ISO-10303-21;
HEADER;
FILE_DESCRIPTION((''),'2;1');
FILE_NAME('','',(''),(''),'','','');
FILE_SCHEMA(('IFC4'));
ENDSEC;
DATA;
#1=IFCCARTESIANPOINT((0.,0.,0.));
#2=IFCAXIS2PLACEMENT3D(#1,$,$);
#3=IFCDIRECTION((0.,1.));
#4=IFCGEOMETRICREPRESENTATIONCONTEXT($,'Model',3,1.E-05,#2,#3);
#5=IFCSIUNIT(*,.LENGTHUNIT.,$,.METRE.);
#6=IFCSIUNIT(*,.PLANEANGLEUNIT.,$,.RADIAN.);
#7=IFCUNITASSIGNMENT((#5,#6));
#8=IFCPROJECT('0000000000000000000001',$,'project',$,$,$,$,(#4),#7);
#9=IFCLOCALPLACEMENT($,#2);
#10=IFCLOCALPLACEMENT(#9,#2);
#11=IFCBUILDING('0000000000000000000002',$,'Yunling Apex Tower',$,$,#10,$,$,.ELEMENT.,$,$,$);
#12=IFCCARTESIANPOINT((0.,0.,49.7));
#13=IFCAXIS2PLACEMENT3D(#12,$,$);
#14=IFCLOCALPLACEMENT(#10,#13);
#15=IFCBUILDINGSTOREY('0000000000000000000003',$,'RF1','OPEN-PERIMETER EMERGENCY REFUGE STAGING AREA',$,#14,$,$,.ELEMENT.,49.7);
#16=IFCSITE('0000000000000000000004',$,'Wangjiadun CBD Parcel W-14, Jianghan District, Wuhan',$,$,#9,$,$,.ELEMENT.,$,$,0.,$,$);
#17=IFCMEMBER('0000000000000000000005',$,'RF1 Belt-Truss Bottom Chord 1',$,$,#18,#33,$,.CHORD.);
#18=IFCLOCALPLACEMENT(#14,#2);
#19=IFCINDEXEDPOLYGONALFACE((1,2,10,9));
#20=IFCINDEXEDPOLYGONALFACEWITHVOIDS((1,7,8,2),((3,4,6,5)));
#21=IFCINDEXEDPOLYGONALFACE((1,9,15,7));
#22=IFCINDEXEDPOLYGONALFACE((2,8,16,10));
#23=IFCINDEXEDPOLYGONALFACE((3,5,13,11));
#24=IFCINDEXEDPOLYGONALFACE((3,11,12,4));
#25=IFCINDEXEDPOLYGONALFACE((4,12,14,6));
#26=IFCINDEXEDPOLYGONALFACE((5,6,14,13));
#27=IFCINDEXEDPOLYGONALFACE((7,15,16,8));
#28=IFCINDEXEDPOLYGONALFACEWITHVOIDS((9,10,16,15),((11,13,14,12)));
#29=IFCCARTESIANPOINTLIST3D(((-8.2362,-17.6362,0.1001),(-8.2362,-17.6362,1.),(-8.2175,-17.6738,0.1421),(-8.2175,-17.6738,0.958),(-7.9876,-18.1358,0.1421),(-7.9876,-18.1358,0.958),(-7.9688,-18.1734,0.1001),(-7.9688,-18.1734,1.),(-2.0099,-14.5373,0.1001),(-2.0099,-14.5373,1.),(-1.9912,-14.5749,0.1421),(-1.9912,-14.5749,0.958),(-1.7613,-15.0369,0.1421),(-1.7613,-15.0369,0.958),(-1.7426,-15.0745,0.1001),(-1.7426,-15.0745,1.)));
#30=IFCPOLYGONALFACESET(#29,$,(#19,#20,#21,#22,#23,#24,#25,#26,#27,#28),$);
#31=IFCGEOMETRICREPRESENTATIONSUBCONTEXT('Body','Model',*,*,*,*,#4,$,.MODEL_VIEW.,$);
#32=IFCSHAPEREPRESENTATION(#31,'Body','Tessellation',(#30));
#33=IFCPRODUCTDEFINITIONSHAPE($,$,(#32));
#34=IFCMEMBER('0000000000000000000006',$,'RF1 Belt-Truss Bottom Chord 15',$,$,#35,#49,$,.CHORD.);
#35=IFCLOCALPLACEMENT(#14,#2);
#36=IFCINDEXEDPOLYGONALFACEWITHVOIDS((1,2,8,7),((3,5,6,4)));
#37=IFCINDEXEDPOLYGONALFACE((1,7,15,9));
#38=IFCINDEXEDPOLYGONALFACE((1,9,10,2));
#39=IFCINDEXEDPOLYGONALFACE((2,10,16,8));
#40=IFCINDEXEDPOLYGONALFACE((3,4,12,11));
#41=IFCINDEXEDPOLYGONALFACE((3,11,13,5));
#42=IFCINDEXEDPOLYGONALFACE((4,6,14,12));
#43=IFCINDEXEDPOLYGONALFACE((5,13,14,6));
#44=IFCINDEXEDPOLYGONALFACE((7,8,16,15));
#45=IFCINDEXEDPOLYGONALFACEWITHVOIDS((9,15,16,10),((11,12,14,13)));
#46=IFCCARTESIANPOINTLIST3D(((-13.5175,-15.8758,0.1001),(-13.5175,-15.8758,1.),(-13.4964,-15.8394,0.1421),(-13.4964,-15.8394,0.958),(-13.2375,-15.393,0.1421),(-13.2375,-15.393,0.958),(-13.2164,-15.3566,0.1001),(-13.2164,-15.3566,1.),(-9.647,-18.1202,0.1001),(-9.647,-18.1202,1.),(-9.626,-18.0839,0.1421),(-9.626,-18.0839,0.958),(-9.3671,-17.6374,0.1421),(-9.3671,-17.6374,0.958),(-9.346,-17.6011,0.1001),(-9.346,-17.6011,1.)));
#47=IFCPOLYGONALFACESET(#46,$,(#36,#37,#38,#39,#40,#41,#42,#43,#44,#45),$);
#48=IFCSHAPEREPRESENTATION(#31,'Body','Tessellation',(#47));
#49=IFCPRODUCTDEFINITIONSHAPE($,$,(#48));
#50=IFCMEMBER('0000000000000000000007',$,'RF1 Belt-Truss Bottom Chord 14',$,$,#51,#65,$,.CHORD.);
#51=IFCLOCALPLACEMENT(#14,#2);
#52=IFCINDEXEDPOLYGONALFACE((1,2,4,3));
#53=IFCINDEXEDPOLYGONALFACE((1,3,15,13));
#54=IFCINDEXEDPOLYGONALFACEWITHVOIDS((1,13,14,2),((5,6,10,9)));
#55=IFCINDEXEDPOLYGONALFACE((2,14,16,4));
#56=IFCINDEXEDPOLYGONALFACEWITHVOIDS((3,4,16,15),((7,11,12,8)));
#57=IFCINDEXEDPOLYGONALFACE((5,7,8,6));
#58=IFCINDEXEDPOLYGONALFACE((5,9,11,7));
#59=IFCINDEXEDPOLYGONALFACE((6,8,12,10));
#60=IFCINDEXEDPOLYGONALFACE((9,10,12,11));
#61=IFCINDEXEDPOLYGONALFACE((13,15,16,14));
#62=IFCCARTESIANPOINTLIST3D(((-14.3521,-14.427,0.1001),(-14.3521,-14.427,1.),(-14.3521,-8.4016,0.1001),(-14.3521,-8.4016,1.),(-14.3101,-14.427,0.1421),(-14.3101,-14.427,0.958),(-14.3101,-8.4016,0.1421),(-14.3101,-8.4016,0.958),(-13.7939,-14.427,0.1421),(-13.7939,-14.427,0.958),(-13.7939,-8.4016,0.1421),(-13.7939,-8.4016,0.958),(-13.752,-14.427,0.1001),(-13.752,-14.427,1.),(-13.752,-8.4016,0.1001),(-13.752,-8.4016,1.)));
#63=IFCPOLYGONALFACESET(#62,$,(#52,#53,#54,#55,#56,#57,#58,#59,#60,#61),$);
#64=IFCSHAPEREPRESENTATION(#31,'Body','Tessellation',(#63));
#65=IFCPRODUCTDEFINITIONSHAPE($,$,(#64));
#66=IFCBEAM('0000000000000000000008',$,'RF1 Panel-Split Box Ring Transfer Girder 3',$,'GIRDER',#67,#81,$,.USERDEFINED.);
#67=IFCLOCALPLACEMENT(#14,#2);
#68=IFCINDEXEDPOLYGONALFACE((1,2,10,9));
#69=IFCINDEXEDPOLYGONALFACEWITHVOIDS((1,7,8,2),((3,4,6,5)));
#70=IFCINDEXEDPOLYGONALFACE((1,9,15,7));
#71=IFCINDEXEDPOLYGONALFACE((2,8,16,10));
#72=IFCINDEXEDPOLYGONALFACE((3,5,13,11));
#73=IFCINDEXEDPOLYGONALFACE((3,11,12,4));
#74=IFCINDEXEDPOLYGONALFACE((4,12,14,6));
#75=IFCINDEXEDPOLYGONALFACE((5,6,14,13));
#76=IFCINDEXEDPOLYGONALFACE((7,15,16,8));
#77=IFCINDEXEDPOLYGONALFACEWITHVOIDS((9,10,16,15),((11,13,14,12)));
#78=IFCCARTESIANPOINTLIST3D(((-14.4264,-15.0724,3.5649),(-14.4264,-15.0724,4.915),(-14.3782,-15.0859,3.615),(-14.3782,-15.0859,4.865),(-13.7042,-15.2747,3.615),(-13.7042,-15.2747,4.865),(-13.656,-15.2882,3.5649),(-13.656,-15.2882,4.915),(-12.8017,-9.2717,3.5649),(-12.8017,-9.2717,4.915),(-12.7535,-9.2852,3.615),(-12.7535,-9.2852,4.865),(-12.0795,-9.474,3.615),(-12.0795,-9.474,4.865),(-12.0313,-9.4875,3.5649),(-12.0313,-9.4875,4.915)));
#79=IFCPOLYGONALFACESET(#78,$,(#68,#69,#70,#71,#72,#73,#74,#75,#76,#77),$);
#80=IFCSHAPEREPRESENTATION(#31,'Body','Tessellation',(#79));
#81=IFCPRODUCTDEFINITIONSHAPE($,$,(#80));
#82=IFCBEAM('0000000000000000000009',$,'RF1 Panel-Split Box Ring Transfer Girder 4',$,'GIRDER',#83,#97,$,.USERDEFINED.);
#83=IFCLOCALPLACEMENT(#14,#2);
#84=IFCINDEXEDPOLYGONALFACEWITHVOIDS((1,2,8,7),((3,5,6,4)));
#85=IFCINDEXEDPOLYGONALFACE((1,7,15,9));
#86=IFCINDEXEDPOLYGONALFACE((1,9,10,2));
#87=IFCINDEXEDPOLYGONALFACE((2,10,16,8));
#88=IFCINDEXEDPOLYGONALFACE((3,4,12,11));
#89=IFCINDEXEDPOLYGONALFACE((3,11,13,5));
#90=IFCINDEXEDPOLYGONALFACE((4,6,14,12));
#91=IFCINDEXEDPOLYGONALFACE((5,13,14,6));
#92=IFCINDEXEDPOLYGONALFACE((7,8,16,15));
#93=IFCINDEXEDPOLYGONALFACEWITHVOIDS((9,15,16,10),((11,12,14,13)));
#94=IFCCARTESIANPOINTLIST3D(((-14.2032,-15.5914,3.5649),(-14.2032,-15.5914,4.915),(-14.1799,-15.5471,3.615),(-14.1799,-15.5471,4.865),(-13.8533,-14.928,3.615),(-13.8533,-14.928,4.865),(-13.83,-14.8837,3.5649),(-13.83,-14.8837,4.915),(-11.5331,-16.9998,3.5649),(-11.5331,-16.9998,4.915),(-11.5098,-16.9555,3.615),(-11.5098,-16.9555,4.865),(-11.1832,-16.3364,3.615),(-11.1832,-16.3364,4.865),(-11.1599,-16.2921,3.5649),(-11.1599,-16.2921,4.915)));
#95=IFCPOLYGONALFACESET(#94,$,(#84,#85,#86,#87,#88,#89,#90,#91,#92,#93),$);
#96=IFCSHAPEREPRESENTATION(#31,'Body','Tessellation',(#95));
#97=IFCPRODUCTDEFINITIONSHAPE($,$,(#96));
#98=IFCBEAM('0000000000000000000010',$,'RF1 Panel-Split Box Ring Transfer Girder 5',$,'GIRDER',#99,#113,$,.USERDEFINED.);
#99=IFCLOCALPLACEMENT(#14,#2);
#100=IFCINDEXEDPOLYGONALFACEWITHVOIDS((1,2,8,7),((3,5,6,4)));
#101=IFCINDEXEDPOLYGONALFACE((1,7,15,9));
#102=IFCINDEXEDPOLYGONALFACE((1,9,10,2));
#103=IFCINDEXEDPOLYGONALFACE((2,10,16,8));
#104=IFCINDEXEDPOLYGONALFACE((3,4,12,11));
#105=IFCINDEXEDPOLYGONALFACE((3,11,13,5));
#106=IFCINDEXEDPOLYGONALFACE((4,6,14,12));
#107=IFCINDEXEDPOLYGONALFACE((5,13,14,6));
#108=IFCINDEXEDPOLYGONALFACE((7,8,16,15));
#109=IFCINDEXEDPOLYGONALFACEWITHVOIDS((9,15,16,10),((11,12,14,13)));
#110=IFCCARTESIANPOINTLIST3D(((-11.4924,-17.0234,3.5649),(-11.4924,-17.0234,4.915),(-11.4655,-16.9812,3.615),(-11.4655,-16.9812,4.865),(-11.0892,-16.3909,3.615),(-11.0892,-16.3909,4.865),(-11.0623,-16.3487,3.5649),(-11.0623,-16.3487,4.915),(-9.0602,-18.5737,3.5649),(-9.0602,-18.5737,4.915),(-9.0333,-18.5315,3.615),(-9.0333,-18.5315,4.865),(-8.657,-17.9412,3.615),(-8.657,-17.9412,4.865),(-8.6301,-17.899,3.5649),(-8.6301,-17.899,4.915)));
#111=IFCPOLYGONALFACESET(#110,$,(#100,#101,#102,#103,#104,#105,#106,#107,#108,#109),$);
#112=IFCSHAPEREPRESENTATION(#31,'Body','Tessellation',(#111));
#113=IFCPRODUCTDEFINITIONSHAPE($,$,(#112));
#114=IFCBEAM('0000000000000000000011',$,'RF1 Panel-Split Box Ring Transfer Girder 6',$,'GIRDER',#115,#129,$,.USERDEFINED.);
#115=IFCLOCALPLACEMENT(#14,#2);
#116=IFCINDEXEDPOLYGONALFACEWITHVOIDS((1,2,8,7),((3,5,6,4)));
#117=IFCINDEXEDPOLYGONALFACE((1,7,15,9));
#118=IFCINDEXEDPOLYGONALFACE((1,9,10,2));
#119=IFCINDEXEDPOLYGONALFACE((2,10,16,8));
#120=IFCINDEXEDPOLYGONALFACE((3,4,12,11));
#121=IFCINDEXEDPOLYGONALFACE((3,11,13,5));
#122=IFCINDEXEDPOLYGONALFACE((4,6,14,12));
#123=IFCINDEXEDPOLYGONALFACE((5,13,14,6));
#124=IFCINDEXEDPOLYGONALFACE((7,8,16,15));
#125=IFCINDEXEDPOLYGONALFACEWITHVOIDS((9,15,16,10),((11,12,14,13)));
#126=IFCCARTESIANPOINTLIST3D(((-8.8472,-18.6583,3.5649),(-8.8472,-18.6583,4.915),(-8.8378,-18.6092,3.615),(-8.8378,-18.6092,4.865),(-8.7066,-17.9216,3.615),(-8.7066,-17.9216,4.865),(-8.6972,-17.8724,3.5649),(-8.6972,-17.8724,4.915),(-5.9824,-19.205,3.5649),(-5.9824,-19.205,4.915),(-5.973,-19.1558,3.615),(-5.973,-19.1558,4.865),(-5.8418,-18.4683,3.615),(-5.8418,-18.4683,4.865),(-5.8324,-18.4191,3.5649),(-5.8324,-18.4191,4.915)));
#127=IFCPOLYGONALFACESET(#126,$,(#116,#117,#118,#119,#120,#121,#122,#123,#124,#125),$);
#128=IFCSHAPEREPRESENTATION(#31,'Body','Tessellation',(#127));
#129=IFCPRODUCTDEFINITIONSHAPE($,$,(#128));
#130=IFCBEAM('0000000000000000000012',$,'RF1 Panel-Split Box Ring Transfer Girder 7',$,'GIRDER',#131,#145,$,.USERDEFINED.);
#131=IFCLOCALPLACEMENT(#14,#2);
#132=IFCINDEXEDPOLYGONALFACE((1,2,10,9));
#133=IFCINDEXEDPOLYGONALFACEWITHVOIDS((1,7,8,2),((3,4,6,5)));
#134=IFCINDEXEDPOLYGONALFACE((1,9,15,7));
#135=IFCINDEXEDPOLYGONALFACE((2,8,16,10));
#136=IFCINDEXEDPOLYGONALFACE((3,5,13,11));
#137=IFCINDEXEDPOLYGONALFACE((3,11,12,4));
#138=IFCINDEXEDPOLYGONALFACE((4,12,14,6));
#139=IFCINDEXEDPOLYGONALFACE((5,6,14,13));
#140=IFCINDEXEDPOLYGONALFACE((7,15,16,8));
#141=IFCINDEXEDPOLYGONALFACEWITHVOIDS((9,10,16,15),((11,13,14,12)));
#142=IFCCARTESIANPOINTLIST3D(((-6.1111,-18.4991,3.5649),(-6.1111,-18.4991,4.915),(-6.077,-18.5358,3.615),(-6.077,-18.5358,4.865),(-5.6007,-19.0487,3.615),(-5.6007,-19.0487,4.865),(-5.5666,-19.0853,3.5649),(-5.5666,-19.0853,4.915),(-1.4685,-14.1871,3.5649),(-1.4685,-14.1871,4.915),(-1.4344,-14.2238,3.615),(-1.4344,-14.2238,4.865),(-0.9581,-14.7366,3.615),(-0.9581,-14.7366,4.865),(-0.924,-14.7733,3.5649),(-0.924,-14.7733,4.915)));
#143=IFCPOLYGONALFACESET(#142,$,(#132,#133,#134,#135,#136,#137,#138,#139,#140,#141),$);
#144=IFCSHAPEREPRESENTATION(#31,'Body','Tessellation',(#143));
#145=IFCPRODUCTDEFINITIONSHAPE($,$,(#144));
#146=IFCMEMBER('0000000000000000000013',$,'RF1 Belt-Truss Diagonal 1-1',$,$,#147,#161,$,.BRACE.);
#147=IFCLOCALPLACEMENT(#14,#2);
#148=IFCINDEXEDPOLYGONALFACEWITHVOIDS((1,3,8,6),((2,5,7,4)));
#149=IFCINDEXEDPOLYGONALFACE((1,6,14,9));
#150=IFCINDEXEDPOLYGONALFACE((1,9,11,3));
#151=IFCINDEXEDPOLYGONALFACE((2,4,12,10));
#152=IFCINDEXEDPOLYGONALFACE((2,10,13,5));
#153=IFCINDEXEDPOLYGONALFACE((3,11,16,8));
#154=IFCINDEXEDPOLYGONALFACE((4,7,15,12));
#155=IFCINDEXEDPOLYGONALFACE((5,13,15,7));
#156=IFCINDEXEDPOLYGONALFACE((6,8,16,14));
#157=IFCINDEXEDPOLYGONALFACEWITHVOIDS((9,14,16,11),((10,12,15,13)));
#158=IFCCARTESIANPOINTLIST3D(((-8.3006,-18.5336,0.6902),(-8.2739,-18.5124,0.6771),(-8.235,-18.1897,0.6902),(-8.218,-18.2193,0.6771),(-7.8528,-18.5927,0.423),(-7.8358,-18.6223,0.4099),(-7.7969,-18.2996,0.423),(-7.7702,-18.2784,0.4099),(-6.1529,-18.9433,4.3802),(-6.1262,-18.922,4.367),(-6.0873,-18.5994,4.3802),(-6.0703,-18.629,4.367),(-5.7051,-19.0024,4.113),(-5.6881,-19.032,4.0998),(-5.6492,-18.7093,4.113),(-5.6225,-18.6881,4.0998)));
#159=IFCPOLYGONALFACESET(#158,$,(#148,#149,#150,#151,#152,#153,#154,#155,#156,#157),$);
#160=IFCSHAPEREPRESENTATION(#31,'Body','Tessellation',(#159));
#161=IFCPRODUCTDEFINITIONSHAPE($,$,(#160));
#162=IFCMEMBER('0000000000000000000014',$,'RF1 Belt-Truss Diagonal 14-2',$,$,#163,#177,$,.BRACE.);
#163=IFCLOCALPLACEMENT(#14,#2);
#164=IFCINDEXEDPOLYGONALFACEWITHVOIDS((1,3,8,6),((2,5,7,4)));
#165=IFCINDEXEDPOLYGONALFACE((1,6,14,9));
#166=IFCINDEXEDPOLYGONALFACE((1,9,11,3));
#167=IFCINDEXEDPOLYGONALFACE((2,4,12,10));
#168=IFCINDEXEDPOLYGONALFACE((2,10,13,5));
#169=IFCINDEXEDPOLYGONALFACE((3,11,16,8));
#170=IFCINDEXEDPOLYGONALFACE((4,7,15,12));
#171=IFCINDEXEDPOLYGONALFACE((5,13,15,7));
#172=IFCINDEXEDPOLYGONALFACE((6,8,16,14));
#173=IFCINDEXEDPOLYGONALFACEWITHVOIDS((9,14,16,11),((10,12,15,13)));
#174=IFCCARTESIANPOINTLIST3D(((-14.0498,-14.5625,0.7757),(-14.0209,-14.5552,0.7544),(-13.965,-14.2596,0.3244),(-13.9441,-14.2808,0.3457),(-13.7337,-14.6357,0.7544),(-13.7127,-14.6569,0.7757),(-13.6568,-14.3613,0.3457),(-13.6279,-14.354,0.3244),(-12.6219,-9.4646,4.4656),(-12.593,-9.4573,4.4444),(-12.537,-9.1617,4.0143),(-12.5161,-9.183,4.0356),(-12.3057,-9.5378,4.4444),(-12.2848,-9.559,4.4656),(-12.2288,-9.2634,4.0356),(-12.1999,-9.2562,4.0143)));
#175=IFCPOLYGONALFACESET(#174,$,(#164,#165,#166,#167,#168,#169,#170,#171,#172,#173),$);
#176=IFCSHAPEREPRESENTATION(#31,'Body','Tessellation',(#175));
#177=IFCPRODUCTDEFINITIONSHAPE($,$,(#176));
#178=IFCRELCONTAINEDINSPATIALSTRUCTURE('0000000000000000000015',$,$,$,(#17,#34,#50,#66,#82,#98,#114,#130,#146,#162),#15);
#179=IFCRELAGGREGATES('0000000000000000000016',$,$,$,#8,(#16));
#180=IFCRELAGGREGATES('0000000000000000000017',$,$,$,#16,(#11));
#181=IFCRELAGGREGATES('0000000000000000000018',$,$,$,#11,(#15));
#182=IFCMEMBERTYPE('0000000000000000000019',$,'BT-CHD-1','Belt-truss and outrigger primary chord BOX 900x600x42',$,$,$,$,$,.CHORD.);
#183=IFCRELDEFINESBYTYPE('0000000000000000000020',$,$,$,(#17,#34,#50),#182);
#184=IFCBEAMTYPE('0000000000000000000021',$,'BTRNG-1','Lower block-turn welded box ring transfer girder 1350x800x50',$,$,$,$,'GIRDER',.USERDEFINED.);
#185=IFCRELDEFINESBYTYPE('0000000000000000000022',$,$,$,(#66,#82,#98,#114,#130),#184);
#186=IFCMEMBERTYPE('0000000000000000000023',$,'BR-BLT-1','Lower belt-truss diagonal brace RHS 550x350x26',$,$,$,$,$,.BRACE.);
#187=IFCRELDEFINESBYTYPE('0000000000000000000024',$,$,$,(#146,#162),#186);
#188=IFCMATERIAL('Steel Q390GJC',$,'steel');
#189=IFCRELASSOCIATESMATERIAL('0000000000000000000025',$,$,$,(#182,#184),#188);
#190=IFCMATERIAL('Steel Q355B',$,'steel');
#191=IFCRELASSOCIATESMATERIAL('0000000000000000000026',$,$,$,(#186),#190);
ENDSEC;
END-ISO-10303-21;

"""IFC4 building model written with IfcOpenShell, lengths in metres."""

from ifc_helpers import new_model, si_unit, direction, frame, origin, origin_2d, place, context, subcontext, project, spatial, hollow_rectangle, extrude, source, transform, mapped, material, material_profile, profile_set, type_object, element, save


model = new_model("IFC4")

# Units and contexts
model_context = context("Model", 3, precision=1e-05, world=origin(), true_north=direction((0.0, 1.0)))
body_context = subcontext(model_context, "Body", "Model", "MODEL_VIEW")
ifc_project = project(units=[si_unit("LENGTHUNIT", "METRE"), si_unit("PLANEANGLEUNIT", "RADIAN")], contexts=[model_context])

# Site, building, storey
site_placement = place(None, origin())
site = spatial("IfcSite", under=ifc_project, at=site_placement, Name="Wangjiadun CBD Parcel W-14, Jianghan District, Wuhan", CompositionType="ELEMENT", RefElevation=0.0)
building_placement = place(site_placement, origin())
building = spatial("IfcBuilding", under=site, at=building_placement, Name="Yunling Apex Tower", CompositionType="ELEMENT")
storey_placement = place(building_placement, frame((0.0, 0.0, 49.7)))
storey = spatial("IfcBuildingStorey", under=building, at=storey_placement, Name="RF1", Description="OPEN-PERIMETER EMERGENCY REFUGE STAGING AREA", CompositionType="ELEMENT", Elevation=49.7)

# Shared definitions
ifc_material_1 = material(Name="Steel Q390GJC", Category="steel")

# Members
ifc_material_profile_1 = material_profile(ifc_material_1, hollow_rectangle(XDim=0.6001, YDim=0.8999, WallThickness=0.042, at=origin_2d()))
ifc_profile_set_1 = profile_set([ifc_material_profile_1], Name="Steel Q390GJC")
member_type_1 = type_object("IfcMemberType", Name="BT-CHD-1", Description="Belt-truss and outrigger primary chord BOX 900x600x42", PredefinedType="CHORD", material=ifc_profile_set_1)
shared_shape_1 = source(origin(), body_context, "Body", "SweptSolid", [
    extrude(hollow_rectangle(XDim=0.6001, YDim=0.8999, WallThickness=0.042, at=origin_2d()), origin(), (0.0, 0.0, 1.0), 6.9548),
])
member_1_placement = place(storey_placement, frame((-8.1025, -17.9048, 0.55), z_axis=(0.895247, 0.44557, 0.0), x_axis=(-0.44557, 0.895247, 0.0)))
element("IfcMember", 1, at=member_1_placement, inside=storey, type_object=member_type_1, Name="RF1 Belt-Truss Bottom Chord 1", PredefinedType="CHORD", context=body_context, shape_type="MappedRepresentation", body=[
    mapped(shared_shape_1, transform((0.0, 0.0, 0.0), scale=1.0)),
])
shared_shape_2 = source(origin(), body_context, "Body", "SweptSolid", [
    extrude(hollow_rectangle(XDim=0.6001, YDim=0.8999, WallThickness=0.042, at=origin_2d()), origin(), (0.0, 0.0, 1.0), 4.4741),
])
member_2_placement = place(storey_placement, frame((-13.3669, -15.6162, 0.55), z_axis=(0.865072, -0.501647, 0.0), x_axis=(0.501647, 0.865072, 0.0)))
element("IfcMember", 2, at=member_2_placement, inside=storey, type_object=member_type_1, Name="RF1 Belt-Truss Bottom Chord 15", PredefinedType="CHORD", context=body_context, shape_type="MappedRepresentation", body=[
    mapped(shared_shape_2, transform((0.0, 0.0, 0.0), scale=1.0)),
])
shared_shape_3 = source(origin(), body_context, "Body", "SweptSolid", [
    extrude(hollow_rectangle(XDim=0.6001, YDim=0.8999, WallThickness=0.042, at=origin_2d()), origin(), (0.0, 0.0, 1.0), 6.0254),
])
member_3_placement = place(storey_placement, frame((-14.052, -8.4016, 0.55), z_axis=(0.0, -1.0, 0.0), x_axis=(1.0, 0.0, 0.0)))
element("IfcMember", 3, at=member_3_placement, inside=storey, type_object=member_type_1, Name="RF1 Belt-Truss Bottom Chord 14", PredefinedType="CHORD", context=body_context, shape_type="MappedRepresentation", body=[
    mapped(shared_shape_3, transform((0.0, 0.0, 0.0), scale=1.0)),
])

# Beams
ifc_material_profile_2 = material_profile(ifc_material_1, hollow_rectangle(XDim=0.8, YDim=1.3501, WallThickness=0.05, at=origin_2d()))
ifc_profile_set_2 = profile_set([ifc_material_profile_2], Name="Steel Q390GJC")
beam_type = type_object("IfcBeamType", Name="BTRNG-1", Description="Lower block-turn welded box ring transfer girder 1350x800x50", ElementType="GIRDER", PredefinedType="USERDEFINED", material=ifc_profile_set_2)
shared_shape_4 = source(origin(), body_context, "Body", "SweptSolid", [
    extrude(hollow_rectangle(XDim=0.8, YDim=1.3501, WallThickness=0.05, at=origin_2d()), origin(), (0.0, 0.0, 1.0), 6.0239),
])
beam_1_placement = place(storey_placement, frame((-12.4165, -9.3796, 4.24), z_axis=(-0.269713, -0.962941, 0.0), x_axis=(0.962941, -0.269713, 0.0)))
element("IfcBeam", 4, at=beam_1_placement, inside=storey, type_object=beam_type, Name="RF1 Panel-Split Box Ring Transfer Girder 3", ObjectType="GIRDER", PredefinedType="USERDEFINED", context=body_context, shape_type="MappedRepresentation", body=[
    mapped(shared_shape_4, transform((0.0, 0.0, 0.0), scale=1.0)),
])
shared_shape_5 = source(origin(), body_context, "Body", "SweptSolid", [
    extrude(hollow_rectangle(XDim=0.8, YDim=1.3501, WallThickness=0.05, at=origin_2d()), origin(), (0.0, 0.0, 1.0), 3.0188),
])
beam_2_placement = place(storey_placement, frame((-14.0166, -15.2375, 4.24), z_axis=(0.884495, -0.46655, 0.0), x_axis=(0.46655, 0.884495, 0.0)))
element("IfcBeam", 5, at=beam_2_placement, inside=storey, type_object=beam_type, Name="RF1 Panel-Split Box Ring Transfer Girder 4", ObjectType="GIRDER", PredefinedType="USERDEFINED", context=body_context, shape_type="MappedRepresentation", body=[
    mapped(shared_shape_5, transform((0.0, 0.0, 0.0), scale=1.0)),
])
shared_shape_6 = source(origin(), body_context, "Body", "SweptSolid", [
    extrude(hollow_rectangle(XDim=0.8, YDim=1.3501, WallThickness=0.05, at=origin_2d()), origin(), (0.0, 0.0, 1.0), 2.8843),
])
beam_3_placement = place(storey_placement, frame((-11.2773, -16.686, 4.24), z_axis=(0.843257, -0.537511, 0.0), x_axis=(0.537511, 0.843257, 0.0)))
element("IfcBeam", 6, at=beam_3_placement, inside=storey, type_object=beam_type, Name="RF1 Panel-Split Box Ring Transfer Girder 5", ObjectType="GIRDER", PredefinedType="USERDEFINED", context=body_context, shape_type="MappedRepresentation", body=[
    mapped(shared_shape_6, transform((0.0, 0.0, 0.0), scale=1.0)),
])
shared_shape_7 = source(origin(), body_context, "Body", "SweptSolid", [
    extrude(hollow_rectangle(XDim=0.8, YDim=1.3501, WallThickness=0.05, at=origin_2d()), origin(), (0.0, 0.0, 1.0), 2.9165),
])
beam_4_placement = place(storey_placement, frame((-8.7722, -18.2654, 4.24), z_axis=(0.982278, -0.187431, 0.0), x_axis=(0.187431, 0.982278, 0.0)))
element("IfcBeam", 7, at=beam_4_placement, inside=storey, type_object=beam_type, Name="RF1 Panel-Split Box Ring Transfer Girder 6", ObjectType="GIRDER", PredefinedType="USERDEFINED", context=body_context, shape_type="MappedRepresentation", body=[
    mapped(shared_shape_7, transform((0.0, 0.0, 0.0), scale=1.0)),
])
shared_shape_8 = source(origin(), body_context, "Body", "SweptSolid", [
    extrude(hollow_rectangle(XDim=0.8, YDim=1.3501, WallThickness=0.05, at=origin_2d()), origin(), (0.0, 0.0, 1.0), 6.3362),
])
beam_5_placement = place(storey_placement, frame((-5.8389, -18.7922, 4.24), z_axis=(0.732711, 0.68054, 0.0), x_axis=(-0.68054, 0.732711, 0.0)))
element("IfcBeam", 8, at=beam_5_placement, inside=storey, type_object=beam_type, Name="RF1 Panel-Split Box Ring Transfer Girder 7", ObjectType="GIRDER", PredefinedType="USERDEFINED", context=body_context, shape_type="MappedRepresentation", body=[
    mapped(shared_shape_8, transform((0.0, 0.0, 0.0), scale=1.0)),
])

# Members
ifc_material_2 = material(Name="Steel Q355B", Category="steel")
ifc_material_profile_3 = material_profile(ifc_material_2, hollow_rectangle(XDim=0.3501, YDim=0.55, WallThickness=0.0259, at=origin_2d()))
ifc_profile_set_3 = profile_set([ifc_material_profile_3], Name="Steel Q355B")
member_type_2 = type_object("IfcMemberType", Name="BR-BLT-1", Description="Lower belt-truss diagonal brace RHS 550x350x26", PredefinedType="BRACE", material=ifc_profile_set_3)
shared_shape_9 = source(origin(), body_context, "Body", "SweptSolid", [
    extrude(hollow_rectangle(XDim=0.3501, YDim=0.55, WallThickness=0.0259, at=origin_2d()), origin(), (0.0, 0.0, 1.0), 4.2891),
])
member_4_placement = place(storey_placement, frame((-8.0354, -18.406, 0.55), z_axis=(0.500739, -0.095514, 0.860312), x_axis=(0.187369, 0.98229, 0.0)))
element("IfcMember", 9, at=member_4_placement, inside=storey, type_object=member_type_2, Name="RF1 Belt-Truss Diagonal 1-1", PredefinedType="BRACE", context=body_context, shape_type="MappedRepresentation", body=[
    mapped(shared_shape_9, transform((0.0, 0.0, 0.0), scale=1.0)),
])
shared_shape_10 = source(origin(), body_context, "Body", "SweptSolid", [
    extrude(hollow_rectangle(XDim=0.3501, YDim=0.55, WallThickness=0.0259, at=origin_2d()), origin(), (0.0, 0.0, 1.0), 6.4531),
])
member_5_placement = place(storey_placement, frame((-13.8389, -14.4583, 0.55), z_axis=(0.221283, 0.789984, 0.571803), x_axis=(-0.962936, 0.269729, 0.0)))
element("IfcMember", 10, at=member_5_placement, inside=storey, type_object=member_type_2, Name="RF1 Belt-Truss Diagonal 14-2", PredefinedType="BRACE", context=body_context, shape_type="MappedRepresentation", body=[
    mapped(shared_shape_10, transform((0.0, 0.0, 0.0), scale=1.0)),
])

save(model, "model.ifc")
